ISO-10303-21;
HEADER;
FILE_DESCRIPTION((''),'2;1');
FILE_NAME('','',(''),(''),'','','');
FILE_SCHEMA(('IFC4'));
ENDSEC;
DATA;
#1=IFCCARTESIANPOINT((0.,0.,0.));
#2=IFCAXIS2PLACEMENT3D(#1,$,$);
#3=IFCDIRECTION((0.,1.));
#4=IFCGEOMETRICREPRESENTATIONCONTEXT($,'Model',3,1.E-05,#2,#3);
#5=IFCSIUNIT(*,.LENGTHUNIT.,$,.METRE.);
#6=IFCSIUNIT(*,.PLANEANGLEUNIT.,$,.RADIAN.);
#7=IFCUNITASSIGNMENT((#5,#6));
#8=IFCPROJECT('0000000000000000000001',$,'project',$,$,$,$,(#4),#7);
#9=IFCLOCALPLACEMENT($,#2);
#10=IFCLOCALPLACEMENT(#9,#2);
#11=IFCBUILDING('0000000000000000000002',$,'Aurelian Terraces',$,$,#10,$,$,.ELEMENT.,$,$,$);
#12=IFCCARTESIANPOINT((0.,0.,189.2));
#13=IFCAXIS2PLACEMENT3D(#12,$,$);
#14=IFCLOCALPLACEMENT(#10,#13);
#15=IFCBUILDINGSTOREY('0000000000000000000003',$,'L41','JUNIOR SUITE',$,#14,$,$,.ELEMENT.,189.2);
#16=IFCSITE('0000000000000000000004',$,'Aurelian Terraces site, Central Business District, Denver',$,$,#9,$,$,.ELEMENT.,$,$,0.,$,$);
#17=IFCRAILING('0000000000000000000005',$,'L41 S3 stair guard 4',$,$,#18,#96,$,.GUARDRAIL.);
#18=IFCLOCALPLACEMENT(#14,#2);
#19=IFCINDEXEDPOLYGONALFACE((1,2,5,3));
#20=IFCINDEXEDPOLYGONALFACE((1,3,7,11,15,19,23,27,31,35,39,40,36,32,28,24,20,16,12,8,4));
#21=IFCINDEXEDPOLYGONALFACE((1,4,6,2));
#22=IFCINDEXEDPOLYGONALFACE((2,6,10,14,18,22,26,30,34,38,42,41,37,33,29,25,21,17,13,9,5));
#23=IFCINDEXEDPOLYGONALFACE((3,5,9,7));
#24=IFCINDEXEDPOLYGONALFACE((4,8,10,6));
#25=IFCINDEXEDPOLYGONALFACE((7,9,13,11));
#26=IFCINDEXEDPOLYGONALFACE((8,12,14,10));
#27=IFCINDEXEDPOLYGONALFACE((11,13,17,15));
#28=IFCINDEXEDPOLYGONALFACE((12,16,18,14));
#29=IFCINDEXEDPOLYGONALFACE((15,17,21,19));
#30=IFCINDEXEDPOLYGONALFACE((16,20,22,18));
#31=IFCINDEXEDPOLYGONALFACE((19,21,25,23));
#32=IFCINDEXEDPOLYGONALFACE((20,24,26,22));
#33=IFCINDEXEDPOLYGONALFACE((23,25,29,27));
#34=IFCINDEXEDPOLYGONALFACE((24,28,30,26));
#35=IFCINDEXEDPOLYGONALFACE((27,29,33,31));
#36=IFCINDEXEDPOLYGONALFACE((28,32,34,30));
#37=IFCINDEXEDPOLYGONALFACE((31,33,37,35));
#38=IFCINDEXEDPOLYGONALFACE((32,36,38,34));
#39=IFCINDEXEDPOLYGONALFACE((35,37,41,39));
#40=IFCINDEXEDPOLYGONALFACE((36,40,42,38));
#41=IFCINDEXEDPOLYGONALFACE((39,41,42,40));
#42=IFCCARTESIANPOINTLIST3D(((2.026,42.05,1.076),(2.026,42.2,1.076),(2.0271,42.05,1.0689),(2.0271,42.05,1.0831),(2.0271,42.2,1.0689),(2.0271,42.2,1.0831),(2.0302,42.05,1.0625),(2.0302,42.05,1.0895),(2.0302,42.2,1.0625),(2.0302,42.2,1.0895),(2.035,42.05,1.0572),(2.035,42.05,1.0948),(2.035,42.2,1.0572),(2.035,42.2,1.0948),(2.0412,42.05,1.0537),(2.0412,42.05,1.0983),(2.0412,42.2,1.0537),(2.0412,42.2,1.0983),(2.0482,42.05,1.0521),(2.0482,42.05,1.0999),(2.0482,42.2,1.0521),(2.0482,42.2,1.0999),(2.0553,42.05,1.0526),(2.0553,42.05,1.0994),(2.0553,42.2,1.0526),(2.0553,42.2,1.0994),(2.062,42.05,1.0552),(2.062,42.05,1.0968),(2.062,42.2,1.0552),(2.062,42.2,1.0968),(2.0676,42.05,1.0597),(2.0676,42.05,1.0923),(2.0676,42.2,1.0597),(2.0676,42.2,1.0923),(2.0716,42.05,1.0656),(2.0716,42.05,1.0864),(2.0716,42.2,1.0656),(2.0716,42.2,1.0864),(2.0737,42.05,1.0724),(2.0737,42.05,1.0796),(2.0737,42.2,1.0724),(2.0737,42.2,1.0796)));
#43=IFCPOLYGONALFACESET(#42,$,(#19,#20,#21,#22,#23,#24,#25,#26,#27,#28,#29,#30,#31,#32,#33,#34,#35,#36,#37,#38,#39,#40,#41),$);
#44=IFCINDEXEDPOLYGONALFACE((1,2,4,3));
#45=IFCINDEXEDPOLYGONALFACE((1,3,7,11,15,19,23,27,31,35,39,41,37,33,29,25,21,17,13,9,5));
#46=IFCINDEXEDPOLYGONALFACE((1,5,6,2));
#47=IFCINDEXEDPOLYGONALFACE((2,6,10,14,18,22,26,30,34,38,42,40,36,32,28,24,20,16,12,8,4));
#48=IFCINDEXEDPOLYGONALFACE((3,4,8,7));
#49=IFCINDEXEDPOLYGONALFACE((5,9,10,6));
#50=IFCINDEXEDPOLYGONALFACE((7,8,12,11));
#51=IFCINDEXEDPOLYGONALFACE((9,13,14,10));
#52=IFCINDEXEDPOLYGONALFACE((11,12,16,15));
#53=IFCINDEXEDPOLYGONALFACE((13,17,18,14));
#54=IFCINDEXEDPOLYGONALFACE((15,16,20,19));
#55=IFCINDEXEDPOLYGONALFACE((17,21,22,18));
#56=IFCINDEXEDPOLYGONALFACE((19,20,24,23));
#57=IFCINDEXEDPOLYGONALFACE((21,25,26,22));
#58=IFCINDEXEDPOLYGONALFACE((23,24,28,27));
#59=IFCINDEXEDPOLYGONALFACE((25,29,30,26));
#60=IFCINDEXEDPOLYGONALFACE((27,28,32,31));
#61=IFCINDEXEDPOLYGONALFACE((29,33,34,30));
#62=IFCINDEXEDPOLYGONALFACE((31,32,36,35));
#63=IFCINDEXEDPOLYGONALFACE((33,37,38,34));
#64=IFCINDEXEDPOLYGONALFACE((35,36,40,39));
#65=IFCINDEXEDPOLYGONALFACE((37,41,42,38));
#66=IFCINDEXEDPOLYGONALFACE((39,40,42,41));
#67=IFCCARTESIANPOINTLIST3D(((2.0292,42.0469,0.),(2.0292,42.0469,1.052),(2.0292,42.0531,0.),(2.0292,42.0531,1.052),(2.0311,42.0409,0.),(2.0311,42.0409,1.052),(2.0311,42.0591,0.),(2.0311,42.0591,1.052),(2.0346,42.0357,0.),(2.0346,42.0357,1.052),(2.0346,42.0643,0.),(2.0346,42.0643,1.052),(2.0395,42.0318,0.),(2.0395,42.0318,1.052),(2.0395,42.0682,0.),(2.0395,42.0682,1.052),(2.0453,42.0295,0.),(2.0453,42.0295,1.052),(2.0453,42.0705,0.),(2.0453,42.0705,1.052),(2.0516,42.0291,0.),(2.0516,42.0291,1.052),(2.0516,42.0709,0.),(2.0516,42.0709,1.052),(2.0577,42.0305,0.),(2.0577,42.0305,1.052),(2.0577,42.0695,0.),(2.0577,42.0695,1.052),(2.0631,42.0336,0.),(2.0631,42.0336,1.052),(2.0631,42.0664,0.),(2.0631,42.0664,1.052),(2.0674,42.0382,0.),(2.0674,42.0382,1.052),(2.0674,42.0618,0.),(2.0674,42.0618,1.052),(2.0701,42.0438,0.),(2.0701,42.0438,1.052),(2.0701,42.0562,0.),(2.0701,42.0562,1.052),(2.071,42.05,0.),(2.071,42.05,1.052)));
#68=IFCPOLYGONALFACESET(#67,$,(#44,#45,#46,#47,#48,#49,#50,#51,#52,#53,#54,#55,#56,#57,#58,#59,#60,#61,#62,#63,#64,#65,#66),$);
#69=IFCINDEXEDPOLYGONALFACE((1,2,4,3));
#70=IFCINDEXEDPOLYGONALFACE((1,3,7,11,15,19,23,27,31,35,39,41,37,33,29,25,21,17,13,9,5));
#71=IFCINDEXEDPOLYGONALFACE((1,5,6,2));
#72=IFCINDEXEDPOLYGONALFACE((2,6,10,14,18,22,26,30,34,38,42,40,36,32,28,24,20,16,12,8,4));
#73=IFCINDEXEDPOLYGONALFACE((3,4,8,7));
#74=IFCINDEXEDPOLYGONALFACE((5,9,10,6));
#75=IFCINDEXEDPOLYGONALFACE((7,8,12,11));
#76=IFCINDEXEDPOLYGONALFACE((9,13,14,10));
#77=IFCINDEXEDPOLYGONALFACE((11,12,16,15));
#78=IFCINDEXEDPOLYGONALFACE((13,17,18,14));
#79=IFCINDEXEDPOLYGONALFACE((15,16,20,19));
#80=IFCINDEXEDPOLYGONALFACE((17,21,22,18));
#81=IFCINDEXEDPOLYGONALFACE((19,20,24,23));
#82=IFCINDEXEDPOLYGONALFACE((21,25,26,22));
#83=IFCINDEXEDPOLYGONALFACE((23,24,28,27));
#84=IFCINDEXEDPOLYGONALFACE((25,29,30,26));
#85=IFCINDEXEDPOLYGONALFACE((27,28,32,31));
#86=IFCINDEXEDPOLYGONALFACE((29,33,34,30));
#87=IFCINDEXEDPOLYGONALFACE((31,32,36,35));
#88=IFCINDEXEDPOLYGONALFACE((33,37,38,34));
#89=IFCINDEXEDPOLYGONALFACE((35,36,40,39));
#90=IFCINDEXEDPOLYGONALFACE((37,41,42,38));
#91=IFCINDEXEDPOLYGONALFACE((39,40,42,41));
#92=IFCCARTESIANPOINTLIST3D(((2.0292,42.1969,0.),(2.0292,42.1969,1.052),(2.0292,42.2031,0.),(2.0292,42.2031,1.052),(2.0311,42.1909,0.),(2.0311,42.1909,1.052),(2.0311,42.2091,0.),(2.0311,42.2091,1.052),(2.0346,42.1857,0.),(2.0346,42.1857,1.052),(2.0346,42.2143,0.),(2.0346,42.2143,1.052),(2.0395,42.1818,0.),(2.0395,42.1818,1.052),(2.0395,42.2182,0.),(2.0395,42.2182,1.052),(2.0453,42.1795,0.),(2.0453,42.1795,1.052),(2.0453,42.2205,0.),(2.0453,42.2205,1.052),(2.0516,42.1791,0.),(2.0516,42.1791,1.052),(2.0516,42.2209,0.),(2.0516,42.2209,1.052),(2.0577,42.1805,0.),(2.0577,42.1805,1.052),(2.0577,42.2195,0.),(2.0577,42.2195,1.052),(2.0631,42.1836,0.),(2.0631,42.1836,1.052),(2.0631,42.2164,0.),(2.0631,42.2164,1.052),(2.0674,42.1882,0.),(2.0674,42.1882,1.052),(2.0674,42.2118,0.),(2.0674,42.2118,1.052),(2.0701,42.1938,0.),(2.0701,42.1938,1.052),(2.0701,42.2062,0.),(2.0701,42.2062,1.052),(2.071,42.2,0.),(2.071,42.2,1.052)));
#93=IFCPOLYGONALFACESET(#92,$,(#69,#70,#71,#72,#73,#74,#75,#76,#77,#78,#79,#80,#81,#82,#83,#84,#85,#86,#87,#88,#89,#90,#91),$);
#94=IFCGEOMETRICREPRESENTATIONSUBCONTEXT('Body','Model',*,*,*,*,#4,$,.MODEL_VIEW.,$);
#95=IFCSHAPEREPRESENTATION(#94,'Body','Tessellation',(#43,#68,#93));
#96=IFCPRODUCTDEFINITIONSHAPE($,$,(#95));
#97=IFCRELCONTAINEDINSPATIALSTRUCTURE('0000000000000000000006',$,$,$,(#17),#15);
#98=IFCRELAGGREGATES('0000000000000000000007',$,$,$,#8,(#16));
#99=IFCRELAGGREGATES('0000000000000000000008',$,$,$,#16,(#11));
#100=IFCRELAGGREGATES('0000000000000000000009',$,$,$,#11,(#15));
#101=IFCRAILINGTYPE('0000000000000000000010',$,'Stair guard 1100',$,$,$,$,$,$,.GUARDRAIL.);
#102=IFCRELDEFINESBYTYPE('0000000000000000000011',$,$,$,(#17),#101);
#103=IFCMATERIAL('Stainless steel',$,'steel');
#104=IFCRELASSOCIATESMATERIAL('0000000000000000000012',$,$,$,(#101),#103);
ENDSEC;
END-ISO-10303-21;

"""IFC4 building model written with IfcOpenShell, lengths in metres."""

from ifc_helpers import new_model, si_unit, direction, frame, origin, origin_2d, place, context, subcontext, project, spatial, circle, extrude, source, transform, mapped, material, type_object, element, save


model = new_model("IFC4")

# Units and contexts
model_context = context("Model", 3, precision=1e-05, world=origin(), true_north=direction((0.0, 1.0)))
body_context = subcontext(model_context, "Body", "Model", "MODEL_VIEW")
ifc_project = project(units=[si_unit("LENGTHUNIT", "METRE"), si_unit("PLANEANGLEUNIT", "RADIAN")], contexts=[model_context])

# Site, building, storey
site_placement = place(None, origin())
site = spatial("IfcSite", under=ifc_project, at=site_placement, Name="Aurelian Terraces site, Central Business District, Denver", CompositionType="ELEMENT", RefElevation=0.0)
building_placement = place(site_placement, origin())
building = spatial("IfcBuilding", under=site, at=building_placement, Name="Aurelian Terraces", CompositionType="ELEMENT")
storey_placement = place(building_placement, frame((0.0, 0.0, 189.2)))
storey = spatial("IfcBuildingStorey", under=building, at=storey_placement, Name="L41", Description="JUNIOR SUITE", CompositionType="ELEMENT", Elevation=189.2)

# Railing
ifc_material_1 = material(Name="Stainless steel", Category="steel")
railing_type_1 = type_object("IfcRailingType", Name="Stair guard 1100", PredefinedType="GUARDRAIL", material=ifc_material_1)
shared_shape_1 = source(origin(), body_context, "Body", "SweptSolid", [
    extrude(circle(Radius=0.024, at=origin_2d()), frame((0.0, 0.0, 1.076), z_axis=(0.0, 1.0, 0.0), x_axis=(-1.0, 0.0, 0.0)), (0.0, 0.0, 1.0), 0.15),
    extrude(circle(Radius=0.021, at=origin_2d()), origin(), (0.0, 0.0, 1.0), 1.052),
    extrude(circle(Radius=0.021, at=origin_2d()), frame((0.0, 0.15, 0.0)), (0.0, 0.0, 1.0), 1.052),
])
for number, where, name in (
    (1, (2.05, 42.05, 0.0), "L41 S3 stair guard 4"),
):
    element("IfcRailing", number, at=place(storey_placement, frame(where)), inside=storey, type_object=railing_type_1, Name=name, PredefinedType="GUARDRAIL", context=body_context, shape_type="MappedRepresentation", body=[
        mapped(shared_shape_1, transform((0.0, 0.0, 0.0), scale=1.0)),
    ])

save(model, "model.ifc")
